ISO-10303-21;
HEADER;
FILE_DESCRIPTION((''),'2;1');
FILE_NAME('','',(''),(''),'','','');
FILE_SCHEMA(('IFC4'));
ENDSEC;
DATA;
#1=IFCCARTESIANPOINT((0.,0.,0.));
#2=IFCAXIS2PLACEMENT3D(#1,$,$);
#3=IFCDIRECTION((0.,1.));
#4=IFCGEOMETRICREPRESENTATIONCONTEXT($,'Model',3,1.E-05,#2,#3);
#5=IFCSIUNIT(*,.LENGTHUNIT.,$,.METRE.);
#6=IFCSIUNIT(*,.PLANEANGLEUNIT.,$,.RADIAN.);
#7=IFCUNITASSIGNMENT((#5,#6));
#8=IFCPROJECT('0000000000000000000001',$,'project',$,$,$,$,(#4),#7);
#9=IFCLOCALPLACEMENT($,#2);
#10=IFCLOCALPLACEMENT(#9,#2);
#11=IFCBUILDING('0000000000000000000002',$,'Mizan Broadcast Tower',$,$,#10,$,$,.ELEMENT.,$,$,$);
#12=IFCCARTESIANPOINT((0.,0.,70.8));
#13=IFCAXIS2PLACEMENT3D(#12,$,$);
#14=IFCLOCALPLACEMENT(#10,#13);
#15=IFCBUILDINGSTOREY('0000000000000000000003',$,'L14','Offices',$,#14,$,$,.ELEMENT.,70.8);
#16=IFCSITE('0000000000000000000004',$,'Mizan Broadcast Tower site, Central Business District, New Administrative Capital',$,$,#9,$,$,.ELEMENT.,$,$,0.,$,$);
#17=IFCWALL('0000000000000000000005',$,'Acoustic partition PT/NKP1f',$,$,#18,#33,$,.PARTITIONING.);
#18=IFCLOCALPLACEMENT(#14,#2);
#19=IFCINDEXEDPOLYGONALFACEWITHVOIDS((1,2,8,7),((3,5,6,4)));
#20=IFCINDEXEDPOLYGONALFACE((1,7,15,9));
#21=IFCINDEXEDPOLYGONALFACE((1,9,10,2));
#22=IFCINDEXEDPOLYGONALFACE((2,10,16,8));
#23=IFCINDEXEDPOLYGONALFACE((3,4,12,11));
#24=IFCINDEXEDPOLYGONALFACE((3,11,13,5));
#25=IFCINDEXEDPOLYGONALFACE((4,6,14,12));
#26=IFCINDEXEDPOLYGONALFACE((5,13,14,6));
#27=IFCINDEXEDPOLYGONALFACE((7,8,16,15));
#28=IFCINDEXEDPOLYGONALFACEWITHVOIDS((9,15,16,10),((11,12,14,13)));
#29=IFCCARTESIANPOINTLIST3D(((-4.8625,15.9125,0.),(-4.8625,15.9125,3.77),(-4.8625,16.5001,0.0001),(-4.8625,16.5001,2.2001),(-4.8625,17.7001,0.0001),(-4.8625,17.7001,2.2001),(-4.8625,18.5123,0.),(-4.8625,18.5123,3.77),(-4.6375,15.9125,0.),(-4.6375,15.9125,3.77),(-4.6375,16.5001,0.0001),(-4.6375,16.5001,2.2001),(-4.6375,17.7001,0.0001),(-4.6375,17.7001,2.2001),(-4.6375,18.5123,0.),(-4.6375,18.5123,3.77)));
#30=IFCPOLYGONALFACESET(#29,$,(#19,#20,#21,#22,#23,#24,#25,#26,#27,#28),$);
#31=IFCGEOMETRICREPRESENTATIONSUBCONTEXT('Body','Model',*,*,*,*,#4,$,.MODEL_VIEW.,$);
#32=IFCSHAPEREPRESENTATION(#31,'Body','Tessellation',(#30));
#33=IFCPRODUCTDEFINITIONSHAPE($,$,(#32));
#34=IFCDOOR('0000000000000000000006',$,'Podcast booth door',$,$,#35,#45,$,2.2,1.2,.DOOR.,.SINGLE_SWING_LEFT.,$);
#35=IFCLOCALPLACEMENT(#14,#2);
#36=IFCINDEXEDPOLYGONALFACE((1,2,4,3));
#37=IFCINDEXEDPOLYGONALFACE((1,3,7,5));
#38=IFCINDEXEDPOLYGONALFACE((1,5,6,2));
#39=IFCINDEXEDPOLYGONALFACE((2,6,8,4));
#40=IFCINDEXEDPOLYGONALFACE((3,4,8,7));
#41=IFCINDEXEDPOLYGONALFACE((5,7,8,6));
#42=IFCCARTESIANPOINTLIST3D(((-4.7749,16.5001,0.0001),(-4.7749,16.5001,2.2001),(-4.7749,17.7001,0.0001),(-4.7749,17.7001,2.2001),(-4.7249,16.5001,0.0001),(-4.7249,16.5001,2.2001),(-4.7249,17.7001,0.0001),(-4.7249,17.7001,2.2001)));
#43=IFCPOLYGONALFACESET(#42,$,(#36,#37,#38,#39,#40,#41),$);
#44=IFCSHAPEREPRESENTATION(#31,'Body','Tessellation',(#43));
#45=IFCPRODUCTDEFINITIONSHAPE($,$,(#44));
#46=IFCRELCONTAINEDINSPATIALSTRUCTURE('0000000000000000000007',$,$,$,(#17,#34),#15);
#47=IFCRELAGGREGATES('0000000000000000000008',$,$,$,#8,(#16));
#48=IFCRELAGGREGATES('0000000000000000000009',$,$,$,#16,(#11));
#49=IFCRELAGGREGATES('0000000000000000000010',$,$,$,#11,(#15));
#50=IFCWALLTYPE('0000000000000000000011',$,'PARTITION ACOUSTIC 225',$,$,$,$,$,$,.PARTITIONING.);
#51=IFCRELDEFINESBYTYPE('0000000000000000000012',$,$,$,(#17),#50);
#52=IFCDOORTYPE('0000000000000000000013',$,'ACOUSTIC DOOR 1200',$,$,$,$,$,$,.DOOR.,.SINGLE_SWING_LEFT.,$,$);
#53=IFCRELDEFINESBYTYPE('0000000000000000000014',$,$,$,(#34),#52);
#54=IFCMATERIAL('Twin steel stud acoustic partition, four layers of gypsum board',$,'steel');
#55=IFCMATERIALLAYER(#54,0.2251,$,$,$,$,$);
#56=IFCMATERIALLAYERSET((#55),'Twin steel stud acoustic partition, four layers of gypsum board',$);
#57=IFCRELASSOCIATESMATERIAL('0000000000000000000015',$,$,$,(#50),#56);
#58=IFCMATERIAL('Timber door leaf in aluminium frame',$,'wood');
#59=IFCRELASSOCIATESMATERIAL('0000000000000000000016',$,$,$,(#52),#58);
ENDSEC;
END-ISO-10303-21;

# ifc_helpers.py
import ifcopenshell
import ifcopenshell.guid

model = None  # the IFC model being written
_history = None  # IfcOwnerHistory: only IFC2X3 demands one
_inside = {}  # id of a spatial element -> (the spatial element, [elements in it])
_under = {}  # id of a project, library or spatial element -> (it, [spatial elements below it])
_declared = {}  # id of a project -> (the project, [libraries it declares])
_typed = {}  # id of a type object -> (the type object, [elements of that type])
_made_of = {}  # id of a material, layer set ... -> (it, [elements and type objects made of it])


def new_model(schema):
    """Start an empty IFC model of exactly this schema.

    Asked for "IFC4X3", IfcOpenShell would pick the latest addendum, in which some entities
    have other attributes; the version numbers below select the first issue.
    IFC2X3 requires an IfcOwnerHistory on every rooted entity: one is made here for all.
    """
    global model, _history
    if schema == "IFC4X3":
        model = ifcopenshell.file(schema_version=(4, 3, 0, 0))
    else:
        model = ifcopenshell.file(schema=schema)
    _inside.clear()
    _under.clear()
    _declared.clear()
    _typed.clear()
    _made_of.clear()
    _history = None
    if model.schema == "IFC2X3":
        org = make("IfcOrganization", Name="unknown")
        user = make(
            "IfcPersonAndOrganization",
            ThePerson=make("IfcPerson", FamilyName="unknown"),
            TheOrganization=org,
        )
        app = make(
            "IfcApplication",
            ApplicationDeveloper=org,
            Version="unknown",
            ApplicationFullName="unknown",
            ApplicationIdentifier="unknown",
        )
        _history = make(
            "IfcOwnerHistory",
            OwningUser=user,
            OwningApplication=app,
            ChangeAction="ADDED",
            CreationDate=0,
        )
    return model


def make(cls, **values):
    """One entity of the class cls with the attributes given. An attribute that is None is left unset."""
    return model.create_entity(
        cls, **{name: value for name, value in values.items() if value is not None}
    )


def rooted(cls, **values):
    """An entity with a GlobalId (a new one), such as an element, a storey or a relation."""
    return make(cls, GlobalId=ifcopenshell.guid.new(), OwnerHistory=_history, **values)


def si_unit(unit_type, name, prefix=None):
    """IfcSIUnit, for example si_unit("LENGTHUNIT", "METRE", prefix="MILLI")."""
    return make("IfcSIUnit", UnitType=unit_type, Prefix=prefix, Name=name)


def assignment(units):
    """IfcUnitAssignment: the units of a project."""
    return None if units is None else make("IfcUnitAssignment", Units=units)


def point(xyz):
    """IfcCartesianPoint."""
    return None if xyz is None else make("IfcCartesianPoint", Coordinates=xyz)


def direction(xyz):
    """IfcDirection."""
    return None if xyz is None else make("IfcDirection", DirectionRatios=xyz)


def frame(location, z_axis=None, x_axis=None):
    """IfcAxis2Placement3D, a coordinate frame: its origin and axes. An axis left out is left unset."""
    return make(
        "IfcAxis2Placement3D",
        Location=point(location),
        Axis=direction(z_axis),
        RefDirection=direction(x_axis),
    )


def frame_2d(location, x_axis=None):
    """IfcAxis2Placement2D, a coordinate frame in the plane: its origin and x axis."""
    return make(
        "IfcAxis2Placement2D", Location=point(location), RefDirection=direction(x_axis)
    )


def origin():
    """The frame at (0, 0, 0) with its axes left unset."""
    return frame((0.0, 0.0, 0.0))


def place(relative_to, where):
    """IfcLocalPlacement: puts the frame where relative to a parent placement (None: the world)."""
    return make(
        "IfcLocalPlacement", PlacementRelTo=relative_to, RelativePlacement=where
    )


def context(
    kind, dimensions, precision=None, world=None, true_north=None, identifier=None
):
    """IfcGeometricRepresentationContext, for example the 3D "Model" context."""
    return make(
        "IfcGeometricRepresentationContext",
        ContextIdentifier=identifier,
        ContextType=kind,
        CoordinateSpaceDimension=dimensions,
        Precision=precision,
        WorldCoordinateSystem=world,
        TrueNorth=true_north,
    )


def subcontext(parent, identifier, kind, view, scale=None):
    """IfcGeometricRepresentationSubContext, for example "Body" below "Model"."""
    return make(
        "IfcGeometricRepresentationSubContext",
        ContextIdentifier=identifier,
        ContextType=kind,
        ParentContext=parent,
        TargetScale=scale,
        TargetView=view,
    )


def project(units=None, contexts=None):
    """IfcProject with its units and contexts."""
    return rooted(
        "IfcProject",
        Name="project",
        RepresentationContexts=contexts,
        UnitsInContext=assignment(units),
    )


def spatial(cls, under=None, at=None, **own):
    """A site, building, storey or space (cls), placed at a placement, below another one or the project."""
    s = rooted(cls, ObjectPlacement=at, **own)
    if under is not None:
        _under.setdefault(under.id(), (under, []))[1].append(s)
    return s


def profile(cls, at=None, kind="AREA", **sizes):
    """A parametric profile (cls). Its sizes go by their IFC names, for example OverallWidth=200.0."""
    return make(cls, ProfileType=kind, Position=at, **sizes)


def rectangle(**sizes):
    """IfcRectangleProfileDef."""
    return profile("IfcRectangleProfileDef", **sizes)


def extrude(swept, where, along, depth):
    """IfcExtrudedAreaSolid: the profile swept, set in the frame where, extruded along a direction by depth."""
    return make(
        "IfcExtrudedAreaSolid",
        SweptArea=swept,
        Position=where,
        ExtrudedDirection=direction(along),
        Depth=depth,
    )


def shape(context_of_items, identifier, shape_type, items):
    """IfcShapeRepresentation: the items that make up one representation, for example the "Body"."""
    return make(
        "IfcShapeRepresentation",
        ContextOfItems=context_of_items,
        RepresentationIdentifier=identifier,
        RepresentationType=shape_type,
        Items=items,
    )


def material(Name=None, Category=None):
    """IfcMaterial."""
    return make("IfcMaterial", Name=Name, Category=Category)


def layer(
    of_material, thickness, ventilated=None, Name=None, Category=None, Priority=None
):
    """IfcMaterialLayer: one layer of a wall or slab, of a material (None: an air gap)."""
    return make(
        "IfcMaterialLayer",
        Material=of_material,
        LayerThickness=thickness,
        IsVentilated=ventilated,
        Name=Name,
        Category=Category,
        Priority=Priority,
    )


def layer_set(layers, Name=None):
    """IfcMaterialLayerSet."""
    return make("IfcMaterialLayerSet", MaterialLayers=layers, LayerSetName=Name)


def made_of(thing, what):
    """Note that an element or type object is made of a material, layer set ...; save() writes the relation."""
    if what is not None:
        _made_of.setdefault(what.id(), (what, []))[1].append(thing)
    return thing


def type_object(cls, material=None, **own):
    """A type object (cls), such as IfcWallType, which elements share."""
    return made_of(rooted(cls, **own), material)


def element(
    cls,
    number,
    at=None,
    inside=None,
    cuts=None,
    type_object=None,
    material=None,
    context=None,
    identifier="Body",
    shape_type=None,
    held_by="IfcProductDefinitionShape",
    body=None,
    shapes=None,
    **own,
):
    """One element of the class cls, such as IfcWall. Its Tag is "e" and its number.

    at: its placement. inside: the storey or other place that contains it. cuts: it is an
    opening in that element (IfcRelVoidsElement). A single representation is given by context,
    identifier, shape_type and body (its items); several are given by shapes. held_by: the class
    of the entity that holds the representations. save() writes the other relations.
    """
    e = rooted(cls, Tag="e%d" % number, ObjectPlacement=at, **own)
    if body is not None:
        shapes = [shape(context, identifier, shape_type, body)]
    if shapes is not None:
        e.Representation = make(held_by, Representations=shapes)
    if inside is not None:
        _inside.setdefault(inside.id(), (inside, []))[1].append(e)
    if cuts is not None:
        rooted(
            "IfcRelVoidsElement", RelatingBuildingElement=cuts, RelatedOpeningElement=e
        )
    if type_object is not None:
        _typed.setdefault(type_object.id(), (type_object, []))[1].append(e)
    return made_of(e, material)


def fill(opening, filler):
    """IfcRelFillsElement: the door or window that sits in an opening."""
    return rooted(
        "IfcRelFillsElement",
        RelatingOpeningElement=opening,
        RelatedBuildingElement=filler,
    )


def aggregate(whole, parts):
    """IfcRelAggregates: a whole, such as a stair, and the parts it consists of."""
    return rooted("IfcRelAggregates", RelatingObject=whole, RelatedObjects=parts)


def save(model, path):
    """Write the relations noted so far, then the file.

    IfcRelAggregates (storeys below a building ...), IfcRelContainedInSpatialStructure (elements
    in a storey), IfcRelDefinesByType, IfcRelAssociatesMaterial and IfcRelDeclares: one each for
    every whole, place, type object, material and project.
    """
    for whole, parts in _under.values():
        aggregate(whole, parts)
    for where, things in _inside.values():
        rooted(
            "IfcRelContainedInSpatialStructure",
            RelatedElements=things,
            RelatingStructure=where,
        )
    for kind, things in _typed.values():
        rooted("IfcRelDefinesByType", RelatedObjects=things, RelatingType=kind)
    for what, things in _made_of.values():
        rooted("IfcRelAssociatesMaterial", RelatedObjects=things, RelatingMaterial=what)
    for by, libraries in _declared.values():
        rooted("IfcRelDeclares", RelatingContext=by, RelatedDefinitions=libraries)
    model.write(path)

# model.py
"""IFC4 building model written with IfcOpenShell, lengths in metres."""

from ifc_helpers import new_model, si_unit, direction, frame, frame_2d, origin, place, context, subcontext, project, spatial, rectangle, extrude, material, layer, layer_set, type_object, element, fill, save


model = new_model("IFC4")

# Units and contexts
model_context = context("Model", 3, precision=1e-05, world=origin(), true_north=direction((0.0, 1.0)))
body_context = subcontext(model_context, "Body", "Model", "MODEL_VIEW")
ifc_project = project(units=[si_unit("LENGTHUNIT", "METRE"), si_unit("PLANEANGLEUNIT", "RADIAN")], contexts=[model_context])

# Site, building, storey
site_placement = place(None, origin())
site = spatial("IfcSite", under=ifc_project, at=site_placement, Name="Mizan Broadcast Tower site, Central Business District, New Administrative Capital", CompositionType="ELEMENT", RefElevation=0.0)
building_placement = place(site_placement, origin())
building = spatial("IfcBuilding", under=site, at=building_placement, Name="Mizan Broadcast Tower", CompositionType="ELEMENT")
storey_placement = place(building_placement, frame((0.0, 0.0, 70.8)))
storey = spatial("IfcBuildingStorey", under=building, at=storey_placement, Name="L14", Description="Offices", CompositionType="ELEMENT", Elevation=70.8)

# Shared definitions
ifc_material_1 = material(Name="Twin steel stud acoustic partition, four layers of gypsum board", Category="steel")
ifc_layer_1 = layer(ifc_material_1, 0.2251)
ifc_layer_set_1 = layer_set([ifc_layer_1], Name="Twin steel stud acoustic partition, four layers of gypsum board")
wall_type_1 = type_object("IfcWallType", Name="PARTITION ACOUSTIC 225", PredefinedType="PARTITIONING", material=ifc_layer_set_1)

# Shared definitions
ifc_material_2 = material(Name="Timber door leaf in aluminium frame", Category="wood")
door_type_1 = type_object("IfcDoorType", Name="ACOUSTIC DOOR 1200", OperationType="SINGLE_SWING_LEFT", PredefinedType="DOOR", material=ifc_material_2)

# Wall, opening, door
wall_1_placement = place(storey_placement, frame((-4.75, 15.9126, 0.0), z_axis=(0.0, 0.0, 1.0), x_axis=(0.0, 1.0, 0.0)))
wall_1 = element("IfcWall", 1, at=wall_1_placement, inside=storey, type_object=wall_type_1, Name="Acoustic partition PT/NKP1f", PredefinedType="PARTITIONING", context=body_context, shape_type="SweptSolid", body=[
    extrude(rectangle(XDim=2.5999, YDim=0.2251, at=frame_2d((1.2998, 0.0))), origin(), (0.0, 0.0, 1.0), 3.77),
])
opening_1_placement = place(wall_1_placement, frame((0.5874, 0.0, 0.0)))
opening_1 = element("IfcOpeningElement", 2, at=opening_1_placement, cuts=wall_1, PredefinedType="OPENING", context=body_context, shape_type="SweptSolid", body=[
    extrude(rectangle(XDim=1.2, YDim=2.2, at=frame_2d((0.6001, 1.1001))), frame((0.0, 0.1226, 0.0), z_axis=(0.0, -1.0, 0.0), x_axis=(1.0, 0.0, 0.0)), (0.0, 0.0, 1.0), 0.2451),
])
door_1_placement = place(opening_1_placement, origin())
door_1 = element("IfcDoor", 3, at=door_1_placement, inside=storey, type_object=door_type_1, Name="Podcast booth door", OperationType="SINGLE_SWING_LEFT", OverallHeight=2.2, OverallWidth=1.2, PredefinedType="DOOR", context=body_context, shape_type="SweptSolid", body=[
    extrude(rectangle(XDim=1.2, YDim=2.2, at=frame_2d((0.6001, 1.1001))), frame((0.0, 0.0249, 0.0), z_axis=(0.0, -1.0, 0.0), x_axis=(1.0, 0.0, 0.0)), (0.0, 0.0, 1.0), 0.05),
])
fill(opening_1, door_1)

save(model, "model.ifc")
